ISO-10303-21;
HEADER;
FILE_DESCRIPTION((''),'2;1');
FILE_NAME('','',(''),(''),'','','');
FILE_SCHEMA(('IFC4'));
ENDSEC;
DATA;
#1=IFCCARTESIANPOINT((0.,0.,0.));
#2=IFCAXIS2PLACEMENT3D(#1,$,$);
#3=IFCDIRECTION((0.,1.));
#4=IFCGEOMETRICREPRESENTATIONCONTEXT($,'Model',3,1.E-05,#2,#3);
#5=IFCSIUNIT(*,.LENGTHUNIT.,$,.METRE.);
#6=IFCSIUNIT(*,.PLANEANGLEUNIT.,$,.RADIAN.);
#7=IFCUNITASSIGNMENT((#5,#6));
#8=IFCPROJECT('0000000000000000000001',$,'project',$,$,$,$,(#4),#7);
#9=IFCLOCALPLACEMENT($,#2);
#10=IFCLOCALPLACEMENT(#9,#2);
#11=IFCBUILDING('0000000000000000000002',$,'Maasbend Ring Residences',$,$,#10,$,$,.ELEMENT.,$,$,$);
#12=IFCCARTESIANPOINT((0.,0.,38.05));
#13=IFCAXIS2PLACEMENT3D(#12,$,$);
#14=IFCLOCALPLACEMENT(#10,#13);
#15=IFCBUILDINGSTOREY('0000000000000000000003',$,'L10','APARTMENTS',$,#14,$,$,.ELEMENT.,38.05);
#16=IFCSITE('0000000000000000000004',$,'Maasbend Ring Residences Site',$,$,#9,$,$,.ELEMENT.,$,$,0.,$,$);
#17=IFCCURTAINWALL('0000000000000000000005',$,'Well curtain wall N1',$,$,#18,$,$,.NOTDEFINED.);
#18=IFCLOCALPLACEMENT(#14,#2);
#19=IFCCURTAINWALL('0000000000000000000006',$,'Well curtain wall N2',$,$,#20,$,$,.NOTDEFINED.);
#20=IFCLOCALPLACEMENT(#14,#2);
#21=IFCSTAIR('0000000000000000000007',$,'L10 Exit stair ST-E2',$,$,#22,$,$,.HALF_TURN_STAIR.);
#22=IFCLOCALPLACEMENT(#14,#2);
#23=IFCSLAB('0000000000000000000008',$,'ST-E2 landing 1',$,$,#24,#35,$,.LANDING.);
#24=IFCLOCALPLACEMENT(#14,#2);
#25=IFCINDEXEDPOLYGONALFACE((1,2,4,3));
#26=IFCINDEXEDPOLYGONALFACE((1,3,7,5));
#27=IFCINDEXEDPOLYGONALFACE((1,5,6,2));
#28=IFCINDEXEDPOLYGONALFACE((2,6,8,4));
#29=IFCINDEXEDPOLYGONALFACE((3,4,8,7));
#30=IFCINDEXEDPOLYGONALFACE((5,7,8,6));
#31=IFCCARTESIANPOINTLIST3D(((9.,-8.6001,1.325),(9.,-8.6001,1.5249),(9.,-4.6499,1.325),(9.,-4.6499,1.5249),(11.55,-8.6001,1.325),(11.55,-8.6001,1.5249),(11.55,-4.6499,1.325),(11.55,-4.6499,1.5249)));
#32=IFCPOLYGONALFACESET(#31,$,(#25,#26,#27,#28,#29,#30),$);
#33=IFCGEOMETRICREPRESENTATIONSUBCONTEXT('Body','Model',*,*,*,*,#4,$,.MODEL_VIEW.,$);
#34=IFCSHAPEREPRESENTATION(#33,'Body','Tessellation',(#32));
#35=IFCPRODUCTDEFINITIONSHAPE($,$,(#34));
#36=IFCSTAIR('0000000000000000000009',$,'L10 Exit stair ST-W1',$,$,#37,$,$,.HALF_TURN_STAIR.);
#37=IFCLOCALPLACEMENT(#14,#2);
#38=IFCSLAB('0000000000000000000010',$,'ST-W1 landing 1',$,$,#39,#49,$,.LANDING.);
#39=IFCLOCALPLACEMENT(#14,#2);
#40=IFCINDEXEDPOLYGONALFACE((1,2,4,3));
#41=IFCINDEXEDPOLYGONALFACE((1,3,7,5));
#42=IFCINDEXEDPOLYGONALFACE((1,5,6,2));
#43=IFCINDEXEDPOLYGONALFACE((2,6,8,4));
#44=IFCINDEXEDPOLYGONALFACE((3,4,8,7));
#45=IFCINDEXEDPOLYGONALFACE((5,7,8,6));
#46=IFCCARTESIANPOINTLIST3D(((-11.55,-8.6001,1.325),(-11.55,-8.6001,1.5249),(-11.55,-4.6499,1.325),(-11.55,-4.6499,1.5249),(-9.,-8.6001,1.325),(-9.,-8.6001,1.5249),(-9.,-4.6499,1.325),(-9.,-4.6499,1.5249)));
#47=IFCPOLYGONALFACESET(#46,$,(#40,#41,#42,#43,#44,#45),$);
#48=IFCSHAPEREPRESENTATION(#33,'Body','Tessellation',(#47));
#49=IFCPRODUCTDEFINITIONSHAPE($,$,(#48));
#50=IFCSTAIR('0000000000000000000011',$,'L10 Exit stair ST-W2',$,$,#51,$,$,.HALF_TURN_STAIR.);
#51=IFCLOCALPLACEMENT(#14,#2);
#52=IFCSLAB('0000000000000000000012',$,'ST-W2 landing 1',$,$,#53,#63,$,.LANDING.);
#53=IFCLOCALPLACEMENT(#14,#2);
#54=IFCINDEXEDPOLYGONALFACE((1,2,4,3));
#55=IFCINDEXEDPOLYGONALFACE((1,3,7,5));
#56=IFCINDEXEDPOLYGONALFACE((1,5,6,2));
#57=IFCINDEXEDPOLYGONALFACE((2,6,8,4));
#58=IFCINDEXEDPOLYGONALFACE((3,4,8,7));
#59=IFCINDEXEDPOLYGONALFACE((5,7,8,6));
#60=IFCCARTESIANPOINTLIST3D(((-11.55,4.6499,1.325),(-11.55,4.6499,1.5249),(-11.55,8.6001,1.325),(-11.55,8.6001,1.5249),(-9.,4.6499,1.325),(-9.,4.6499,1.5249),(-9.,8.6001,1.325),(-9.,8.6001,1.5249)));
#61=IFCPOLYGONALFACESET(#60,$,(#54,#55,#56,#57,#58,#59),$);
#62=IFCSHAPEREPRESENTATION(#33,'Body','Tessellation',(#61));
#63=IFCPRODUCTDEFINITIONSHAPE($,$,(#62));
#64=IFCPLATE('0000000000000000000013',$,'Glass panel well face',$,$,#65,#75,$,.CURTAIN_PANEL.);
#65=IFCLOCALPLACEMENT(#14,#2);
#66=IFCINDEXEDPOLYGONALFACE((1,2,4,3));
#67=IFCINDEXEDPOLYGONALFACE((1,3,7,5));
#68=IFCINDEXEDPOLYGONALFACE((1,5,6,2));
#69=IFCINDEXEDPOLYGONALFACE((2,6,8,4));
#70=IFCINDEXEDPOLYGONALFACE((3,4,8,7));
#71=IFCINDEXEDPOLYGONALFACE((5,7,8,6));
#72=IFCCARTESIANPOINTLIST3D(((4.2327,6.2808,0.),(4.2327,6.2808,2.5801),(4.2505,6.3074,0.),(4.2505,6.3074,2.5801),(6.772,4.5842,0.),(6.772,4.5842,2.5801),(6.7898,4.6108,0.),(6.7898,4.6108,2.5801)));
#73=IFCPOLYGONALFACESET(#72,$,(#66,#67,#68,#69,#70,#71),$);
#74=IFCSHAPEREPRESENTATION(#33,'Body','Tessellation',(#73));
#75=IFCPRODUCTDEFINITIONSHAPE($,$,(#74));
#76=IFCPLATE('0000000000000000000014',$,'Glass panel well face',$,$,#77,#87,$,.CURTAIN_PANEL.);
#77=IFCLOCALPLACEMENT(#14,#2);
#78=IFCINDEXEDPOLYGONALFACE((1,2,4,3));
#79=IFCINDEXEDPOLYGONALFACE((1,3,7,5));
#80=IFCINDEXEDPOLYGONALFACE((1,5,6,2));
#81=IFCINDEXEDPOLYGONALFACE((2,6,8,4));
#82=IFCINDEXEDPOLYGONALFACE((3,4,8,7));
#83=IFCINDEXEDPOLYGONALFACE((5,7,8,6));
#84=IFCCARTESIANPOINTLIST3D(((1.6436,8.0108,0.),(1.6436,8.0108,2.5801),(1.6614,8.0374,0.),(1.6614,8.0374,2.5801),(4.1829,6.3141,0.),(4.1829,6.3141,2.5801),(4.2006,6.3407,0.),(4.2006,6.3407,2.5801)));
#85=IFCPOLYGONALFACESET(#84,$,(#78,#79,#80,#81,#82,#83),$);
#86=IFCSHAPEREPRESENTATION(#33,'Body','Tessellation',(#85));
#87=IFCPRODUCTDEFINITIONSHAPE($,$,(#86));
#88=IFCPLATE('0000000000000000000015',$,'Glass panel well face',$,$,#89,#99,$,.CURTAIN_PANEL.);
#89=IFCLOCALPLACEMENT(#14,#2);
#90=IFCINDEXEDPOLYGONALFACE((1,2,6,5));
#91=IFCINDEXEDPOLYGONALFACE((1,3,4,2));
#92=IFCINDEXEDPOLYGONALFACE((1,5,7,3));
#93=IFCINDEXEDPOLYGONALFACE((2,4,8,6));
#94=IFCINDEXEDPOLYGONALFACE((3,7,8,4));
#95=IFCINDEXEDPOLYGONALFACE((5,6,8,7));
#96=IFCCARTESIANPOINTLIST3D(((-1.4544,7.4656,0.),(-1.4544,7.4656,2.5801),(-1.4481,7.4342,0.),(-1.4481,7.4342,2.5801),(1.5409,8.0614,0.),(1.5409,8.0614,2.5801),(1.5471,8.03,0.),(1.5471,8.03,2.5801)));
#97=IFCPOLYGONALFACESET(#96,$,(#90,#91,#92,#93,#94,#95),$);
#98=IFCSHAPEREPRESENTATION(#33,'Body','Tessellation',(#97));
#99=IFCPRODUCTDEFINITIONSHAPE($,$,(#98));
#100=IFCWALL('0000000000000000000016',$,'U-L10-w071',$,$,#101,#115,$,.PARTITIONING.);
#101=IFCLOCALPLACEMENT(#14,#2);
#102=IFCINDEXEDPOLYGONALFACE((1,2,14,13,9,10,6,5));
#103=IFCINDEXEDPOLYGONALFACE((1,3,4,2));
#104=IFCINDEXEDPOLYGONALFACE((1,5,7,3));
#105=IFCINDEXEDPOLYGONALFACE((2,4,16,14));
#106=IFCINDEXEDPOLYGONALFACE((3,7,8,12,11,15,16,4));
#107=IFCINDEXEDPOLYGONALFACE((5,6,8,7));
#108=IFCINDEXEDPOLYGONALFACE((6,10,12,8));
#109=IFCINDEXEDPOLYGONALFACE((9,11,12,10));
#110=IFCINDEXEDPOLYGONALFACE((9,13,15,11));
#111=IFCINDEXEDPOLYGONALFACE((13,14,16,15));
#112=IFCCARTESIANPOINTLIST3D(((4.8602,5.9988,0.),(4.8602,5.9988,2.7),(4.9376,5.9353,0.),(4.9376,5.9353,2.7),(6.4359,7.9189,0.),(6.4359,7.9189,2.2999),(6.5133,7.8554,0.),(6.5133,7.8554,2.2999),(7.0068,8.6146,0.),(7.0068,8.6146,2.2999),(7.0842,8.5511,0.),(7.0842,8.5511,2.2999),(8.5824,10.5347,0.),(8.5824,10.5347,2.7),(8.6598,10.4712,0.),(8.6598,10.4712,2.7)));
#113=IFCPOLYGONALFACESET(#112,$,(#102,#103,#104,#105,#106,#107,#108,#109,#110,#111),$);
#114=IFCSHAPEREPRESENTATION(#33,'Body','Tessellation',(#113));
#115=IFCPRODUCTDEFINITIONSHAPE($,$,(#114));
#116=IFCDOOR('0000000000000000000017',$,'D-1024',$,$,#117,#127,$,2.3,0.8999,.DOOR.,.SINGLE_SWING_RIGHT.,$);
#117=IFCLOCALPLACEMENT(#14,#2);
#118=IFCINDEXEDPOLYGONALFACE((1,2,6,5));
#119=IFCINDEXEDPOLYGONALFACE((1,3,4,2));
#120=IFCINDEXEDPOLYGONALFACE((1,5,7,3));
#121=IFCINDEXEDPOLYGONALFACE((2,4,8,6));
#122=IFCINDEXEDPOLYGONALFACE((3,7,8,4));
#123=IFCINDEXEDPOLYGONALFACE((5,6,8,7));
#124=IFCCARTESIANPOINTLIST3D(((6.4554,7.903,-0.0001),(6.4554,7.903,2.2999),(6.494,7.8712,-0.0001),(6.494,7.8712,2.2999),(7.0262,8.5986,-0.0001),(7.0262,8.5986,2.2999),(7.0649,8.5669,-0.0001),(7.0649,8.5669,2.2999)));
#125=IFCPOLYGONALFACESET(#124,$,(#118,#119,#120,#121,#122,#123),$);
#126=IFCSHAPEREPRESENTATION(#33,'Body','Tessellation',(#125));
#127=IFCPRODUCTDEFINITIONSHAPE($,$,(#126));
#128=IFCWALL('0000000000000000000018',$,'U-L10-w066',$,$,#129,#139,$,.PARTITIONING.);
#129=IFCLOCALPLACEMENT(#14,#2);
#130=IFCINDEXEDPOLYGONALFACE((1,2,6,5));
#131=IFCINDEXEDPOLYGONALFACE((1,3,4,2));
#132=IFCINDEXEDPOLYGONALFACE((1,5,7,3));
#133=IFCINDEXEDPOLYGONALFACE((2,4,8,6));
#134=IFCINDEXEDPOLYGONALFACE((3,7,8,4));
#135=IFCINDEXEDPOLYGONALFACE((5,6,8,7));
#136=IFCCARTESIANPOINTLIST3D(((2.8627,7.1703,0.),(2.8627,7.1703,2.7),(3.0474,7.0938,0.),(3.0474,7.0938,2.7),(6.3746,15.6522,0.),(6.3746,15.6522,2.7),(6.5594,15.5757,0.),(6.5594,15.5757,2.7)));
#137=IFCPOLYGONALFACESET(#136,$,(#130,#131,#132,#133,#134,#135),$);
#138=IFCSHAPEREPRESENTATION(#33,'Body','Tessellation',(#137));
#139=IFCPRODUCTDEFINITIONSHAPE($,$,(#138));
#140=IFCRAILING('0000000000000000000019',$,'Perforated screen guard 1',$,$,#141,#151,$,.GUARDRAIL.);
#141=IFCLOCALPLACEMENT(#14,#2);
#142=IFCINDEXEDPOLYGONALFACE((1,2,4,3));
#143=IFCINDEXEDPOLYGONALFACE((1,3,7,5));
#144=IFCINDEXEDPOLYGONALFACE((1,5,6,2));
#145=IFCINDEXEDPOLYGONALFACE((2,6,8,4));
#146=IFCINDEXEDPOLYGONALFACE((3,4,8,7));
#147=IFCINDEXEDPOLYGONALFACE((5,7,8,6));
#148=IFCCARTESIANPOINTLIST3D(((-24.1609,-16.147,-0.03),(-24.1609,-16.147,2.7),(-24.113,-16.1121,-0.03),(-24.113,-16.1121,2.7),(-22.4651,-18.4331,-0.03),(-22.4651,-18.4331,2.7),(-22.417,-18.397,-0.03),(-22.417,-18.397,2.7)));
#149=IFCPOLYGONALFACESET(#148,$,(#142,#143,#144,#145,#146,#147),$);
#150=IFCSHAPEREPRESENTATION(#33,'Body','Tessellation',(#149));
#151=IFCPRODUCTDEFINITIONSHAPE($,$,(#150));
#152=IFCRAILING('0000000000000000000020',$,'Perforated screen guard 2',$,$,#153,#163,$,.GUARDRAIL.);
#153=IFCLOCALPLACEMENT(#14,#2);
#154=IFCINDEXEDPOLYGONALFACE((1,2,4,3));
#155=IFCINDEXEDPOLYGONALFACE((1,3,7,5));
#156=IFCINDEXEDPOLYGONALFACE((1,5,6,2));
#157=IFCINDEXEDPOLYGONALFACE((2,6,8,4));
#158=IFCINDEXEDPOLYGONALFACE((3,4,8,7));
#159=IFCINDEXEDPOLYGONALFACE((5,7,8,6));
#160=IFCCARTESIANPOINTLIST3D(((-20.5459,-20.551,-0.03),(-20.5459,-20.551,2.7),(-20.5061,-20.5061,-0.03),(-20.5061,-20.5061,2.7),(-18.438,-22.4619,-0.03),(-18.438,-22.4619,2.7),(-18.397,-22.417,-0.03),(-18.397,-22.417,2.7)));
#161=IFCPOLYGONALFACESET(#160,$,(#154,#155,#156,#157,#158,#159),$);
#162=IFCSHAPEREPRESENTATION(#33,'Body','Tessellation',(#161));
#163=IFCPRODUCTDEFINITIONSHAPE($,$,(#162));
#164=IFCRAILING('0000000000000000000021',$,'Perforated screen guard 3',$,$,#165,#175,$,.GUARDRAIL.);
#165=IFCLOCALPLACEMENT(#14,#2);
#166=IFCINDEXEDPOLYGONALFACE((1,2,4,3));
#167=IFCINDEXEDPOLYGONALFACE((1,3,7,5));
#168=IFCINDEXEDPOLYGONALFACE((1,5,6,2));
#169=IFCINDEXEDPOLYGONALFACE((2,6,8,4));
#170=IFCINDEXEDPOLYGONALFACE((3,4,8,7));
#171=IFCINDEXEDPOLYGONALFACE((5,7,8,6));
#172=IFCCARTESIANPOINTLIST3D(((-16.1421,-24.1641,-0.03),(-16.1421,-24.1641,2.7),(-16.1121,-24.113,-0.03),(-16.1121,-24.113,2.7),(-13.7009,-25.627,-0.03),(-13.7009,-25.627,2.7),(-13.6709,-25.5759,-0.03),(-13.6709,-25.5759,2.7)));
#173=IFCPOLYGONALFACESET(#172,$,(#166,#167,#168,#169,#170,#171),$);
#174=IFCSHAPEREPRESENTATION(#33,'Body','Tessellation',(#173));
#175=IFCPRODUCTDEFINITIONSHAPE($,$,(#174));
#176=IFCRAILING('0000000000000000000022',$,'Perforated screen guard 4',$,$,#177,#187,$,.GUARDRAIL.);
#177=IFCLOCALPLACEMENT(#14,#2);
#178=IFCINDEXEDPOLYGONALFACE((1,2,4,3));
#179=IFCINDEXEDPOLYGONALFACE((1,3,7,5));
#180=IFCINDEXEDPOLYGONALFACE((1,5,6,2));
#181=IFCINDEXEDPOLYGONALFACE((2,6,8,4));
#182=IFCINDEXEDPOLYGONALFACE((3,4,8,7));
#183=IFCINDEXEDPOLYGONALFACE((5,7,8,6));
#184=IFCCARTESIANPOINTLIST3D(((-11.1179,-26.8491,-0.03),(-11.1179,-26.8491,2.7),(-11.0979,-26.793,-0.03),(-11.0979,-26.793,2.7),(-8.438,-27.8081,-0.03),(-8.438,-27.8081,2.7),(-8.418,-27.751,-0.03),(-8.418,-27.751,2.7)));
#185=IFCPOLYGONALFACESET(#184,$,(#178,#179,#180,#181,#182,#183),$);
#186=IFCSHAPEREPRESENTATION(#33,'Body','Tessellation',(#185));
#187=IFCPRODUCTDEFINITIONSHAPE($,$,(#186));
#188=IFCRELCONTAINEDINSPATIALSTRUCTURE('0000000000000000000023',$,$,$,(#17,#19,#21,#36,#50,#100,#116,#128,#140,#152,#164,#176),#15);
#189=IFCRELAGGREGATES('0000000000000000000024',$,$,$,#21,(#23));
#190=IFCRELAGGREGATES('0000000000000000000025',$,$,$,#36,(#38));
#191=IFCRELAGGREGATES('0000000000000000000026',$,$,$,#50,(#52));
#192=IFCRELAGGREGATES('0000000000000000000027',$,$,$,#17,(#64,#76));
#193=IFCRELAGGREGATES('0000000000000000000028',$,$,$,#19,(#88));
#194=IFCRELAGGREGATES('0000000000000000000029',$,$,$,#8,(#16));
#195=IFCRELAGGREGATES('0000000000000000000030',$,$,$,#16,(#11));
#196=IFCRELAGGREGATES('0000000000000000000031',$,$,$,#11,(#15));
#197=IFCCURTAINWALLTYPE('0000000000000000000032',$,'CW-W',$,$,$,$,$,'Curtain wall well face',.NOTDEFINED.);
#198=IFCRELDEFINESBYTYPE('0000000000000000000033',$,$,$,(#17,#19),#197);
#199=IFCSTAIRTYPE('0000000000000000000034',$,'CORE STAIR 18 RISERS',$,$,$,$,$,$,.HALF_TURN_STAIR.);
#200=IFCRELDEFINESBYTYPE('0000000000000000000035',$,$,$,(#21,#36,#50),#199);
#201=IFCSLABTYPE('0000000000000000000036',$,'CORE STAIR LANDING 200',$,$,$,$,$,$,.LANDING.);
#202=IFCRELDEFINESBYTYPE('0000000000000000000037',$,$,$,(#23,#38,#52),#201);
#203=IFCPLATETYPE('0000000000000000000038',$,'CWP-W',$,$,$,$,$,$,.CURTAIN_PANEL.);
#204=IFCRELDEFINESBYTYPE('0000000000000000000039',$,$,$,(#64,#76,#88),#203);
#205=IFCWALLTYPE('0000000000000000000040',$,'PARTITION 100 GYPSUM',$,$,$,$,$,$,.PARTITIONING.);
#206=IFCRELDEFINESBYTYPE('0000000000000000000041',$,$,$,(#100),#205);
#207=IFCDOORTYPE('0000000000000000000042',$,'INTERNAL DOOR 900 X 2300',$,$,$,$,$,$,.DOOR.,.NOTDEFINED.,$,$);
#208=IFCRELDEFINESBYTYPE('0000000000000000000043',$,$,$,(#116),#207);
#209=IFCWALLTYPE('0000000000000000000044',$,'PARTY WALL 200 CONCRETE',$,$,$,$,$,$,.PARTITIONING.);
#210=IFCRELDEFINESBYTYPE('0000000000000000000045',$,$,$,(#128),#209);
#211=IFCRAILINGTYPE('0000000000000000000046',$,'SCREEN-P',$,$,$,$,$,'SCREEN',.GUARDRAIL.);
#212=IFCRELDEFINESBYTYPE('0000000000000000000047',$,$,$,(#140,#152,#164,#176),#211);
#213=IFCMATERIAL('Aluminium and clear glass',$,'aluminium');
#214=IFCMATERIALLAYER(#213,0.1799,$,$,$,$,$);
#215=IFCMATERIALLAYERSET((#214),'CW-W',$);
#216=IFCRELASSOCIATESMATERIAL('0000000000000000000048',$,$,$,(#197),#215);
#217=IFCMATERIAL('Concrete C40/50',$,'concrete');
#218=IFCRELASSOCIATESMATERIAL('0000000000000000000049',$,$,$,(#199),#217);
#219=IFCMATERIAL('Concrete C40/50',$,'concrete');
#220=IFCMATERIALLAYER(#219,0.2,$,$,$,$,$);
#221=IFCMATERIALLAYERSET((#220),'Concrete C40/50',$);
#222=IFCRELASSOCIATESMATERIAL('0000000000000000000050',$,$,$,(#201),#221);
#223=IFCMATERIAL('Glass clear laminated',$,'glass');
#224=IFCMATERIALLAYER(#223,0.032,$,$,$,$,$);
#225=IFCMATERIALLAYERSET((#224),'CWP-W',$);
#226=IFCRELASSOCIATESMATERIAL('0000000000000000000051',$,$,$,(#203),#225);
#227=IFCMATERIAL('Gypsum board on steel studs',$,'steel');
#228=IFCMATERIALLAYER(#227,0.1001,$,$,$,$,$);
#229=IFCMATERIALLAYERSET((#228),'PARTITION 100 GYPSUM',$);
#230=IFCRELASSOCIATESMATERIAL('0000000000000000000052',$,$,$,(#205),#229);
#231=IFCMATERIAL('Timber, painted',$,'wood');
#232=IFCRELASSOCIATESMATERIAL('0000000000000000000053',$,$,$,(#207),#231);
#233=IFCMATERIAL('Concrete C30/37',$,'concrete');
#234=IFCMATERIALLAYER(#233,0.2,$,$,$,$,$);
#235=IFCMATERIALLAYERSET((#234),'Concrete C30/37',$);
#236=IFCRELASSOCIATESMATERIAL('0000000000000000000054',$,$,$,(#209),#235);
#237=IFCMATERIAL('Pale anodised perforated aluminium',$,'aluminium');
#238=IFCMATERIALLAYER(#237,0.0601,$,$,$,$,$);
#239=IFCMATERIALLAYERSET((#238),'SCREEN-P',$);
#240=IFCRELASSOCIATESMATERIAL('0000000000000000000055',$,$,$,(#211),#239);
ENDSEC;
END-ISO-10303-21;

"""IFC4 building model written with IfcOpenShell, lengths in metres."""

from ifc_helpers import new_model, si_unit, direction, frame, frame_2d, origin, origin_2d, place, context, subcontext, project, spatial, polyline, rectangle, outline, extrude, material, layer, layer_set, type_object, element, fill, aggregate, save


model = new_model("IFC4")

# Units and contexts
model_context = context("Model", 3, precision=1e-05, world=origin(), true_north=direction((0.0, 1.0)))
body_context = subcontext(model_context, "Body", "Model", "MODEL_VIEW")
ifc_project = project(units=[si_unit("LENGTHUNIT", "METRE"), si_unit("PLANEANGLEUNIT", "RADIAN")], contexts=[model_context])

# Site, building, storey
site_placement = place(None, origin())
site = spatial("IfcSite", under=ifc_project, at=site_placement, Name="Maasbend Ring Residences Site", CompositionType="ELEMENT", RefElevation=0.0)
building_placement = place(site_placement, origin())
building = spatial("IfcBuilding", under=site, at=building_placement, Name="Maasbend Ring Residences", CompositionType="ELEMENT")
storey_placement = place(building_placement, frame((0.0, 0.0, 38.05)))
storey = spatial("IfcBuildingStorey", under=building, at=storey_placement, Name="L10", Description="APARTMENTS", CompositionType="ELEMENT", Elevation=38.05)

# Curtain wall
ifc_material_1 = material(Name="Aluminium and clear glass", Category="aluminium")
ifc_layer_1 = layer(ifc_material_1, 0.1799)
ifc_layer_set_1 = layer_set([ifc_layer_1], Name="CW-W")
curtain_wall_type = type_object("IfcCurtainWallType", Name="CW-W", ElementType="Curtain wall well face", PredefinedType="NOTDEFINED", material=ifc_layer_set_1)
curtain_wall_1_placement = place(storey_placement, origin())
curtain_wall_1 = element("IfcCurtainWall", 1, at=curtain_wall_1_placement, inside=storey, type_object=curtain_wall_type, Name="Well curtain wall N1", PredefinedType="NOTDEFINED")

# Curtain wall
curtain_wall_2_placement = place(storey_placement, origin())
curtain_wall_2 = element("IfcCurtainWall", 2, at=curtain_wall_2_placement, inside=storey, type_object=curtain_wall_type, Name="Well curtain wall N2", PredefinedType="NOTDEFINED")

# Stairs, slabs
ifc_material_2 = material(Name="Concrete C40/50", Category="concrete")
stair_type = type_object("IfcStairType", Name="CORE STAIR 18 RISERS", PredefinedType="HALF_TURN_STAIR", material=ifc_material_2)
ifc_material_3 = material(Name="Concrete C40/50", Category="concrete")
ifc_layer_2 = layer(ifc_material_3, 0.2)
ifc_layer_set_2 = layer_set([ifc_layer_2], Name="Concrete C40/50")
slab_type = type_object("IfcSlabType", Name="CORE STAIR LANDING 200", PredefinedType="LANDING", material=ifc_layer_set_2)
stair_1_placement = place(storey_placement, origin())
stair_1 = element("IfcStair", 3, at=stair_1_placement, inside=storey, type_object=stair_type, Name="L10 Exit stair ST-E2", PredefinedType="HALF_TURN_STAIR")
slab_1_placement = place(storey_placement, frame((0.0, 0.0, 1.325)))
slab_1 = element("IfcSlab", 4, at=slab_1_placement, type_object=slab_type, Name="ST-E2 landing 1", PredefinedType="LANDING", context=body_context, shape_type="SweptSolid", body=[
    extrude(outline(polyline([(11.55, -4.6499), (9.0, -4.6499), (9.0, -8.6001), (11.55, -8.6001), (11.55, -4.6499)])), origin(), (0.0, 0.0, 1.0), 0.2),
])
aggregate(stair_1, [slab_1])
stair_2_placement = place(storey_placement, origin())
stair_2 = element("IfcStair", 5, at=stair_2_placement, inside=storey, type_object=stair_type, Name="L10 Exit stair ST-W1", PredefinedType="HALF_TURN_STAIR")
slab_2_placement = place(storey_placement, frame((0.0, 0.0, 1.325)))
slab_2 = element("IfcSlab", 6, at=slab_2_placement, type_object=slab_type, Name="ST-W1 landing 1", PredefinedType="LANDING", context=body_context, shape_type="SweptSolid", body=[
    extrude(outline(polyline([(-11.55, -8.6001), (-9.0, -8.6001), (-9.0, -4.6499), (-11.55, -4.6499), (-11.55, -8.6001)])), origin(), (0.0, 0.0, 1.0), 0.2),
])
aggregate(stair_2, [slab_2])
stair_3_placement = place(storey_placement, origin())
stair_3 = element("IfcStair", 7, at=stair_3_placement, inside=storey, type_object=stair_type, Name="L10 Exit stair ST-W2", PredefinedType="HALF_TURN_STAIR")
slab_3_placement = place(storey_placement, frame((0.0, 0.0, 1.325)))
slab_3 = element("IfcSlab", 8, at=slab_3_placement, type_object=slab_type, Name="ST-W2 landing 1", PredefinedType="LANDING", context=body_context, shape_type="SweptSolid", body=[
    extrude(outline(polyline([(-11.55, 4.6499), (-9.0, 4.6499), (-9.0, 8.6001), (-11.55, 8.6001), (-11.55, 4.6499)])), origin(), (0.0, 0.0, 1.0), 0.2),
])
aggregate(stair_3, [slab_3])

# Plates
ifc_material_4 = material(Name="Glass clear laminated", Category="glass")
ifc_layer_3 = layer(ifc_material_4, 0.032)
ifc_layer_set_3 = layer_set([ifc_layer_3], Name="CWP-W")
plate_type = type_object("IfcPlateType", Name="CWP-W", PredefinedType="CURTAIN_PANEL", material=ifc_layer_set_3)
plate_1_placement = place(storey_placement, frame((5.5112, 5.4458, 0.0), z_axis=(0.0, 0.0, 1.0), x_axis=(-0.83147, 0.55557, 0.0)))
plate_1 = element("IfcPlate", 9, at=plate_1_placement, type_object=plate_type, Name="Glass panel well face", PredefinedType="CURTAIN_PANEL", context=body_context, shape_type="SweptSolid", body=[
    extrude(rectangle(XDim=3.054, YDim=0.032, at=origin_2d()), origin(), (0.0, 0.0, 1.0), 2.5801),
])
plate_2_placement = place(storey_placement, frame((2.9221, 7.1758, 0.0), z_axis=(0.0, 0.0, 1.0), x_axis=(-0.83147, 0.55557, 0.0)))
plate_2 = element("IfcPlate", 10, at=plate_2_placement, type_object=plate_type, Name="Glass panel well face", PredefinedType="CURTAIN_PANEL", context=body_context, shape_type="SweptSolid", body=[
    extrude(rectangle(XDim=3.054, YDim=0.032, at=origin_2d()), origin(), (0.0, 0.0, 1.0), 2.5801),
])
aggregate(curtain_wall_1, [plate_1, plate_2])
plate_3_placement = place(storey_placement, frame((0.0464, 7.7478, 0.0), z_axis=(0.0, 0.0, 1.0), x_axis=(-0.980785, -0.19509, 0.0)))
plate_3 = element("IfcPlate", 11, at=plate_3_placement, type_object=plate_type, Name="Glass panel well face", PredefinedType="CURTAIN_PANEL", context=body_context, shape_type="SweptSolid", body=[
    extrude(rectangle(XDim=3.054, YDim=0.032, at=origin_2d()), origin(), (0.0, 0.0, 1.0), 2.5801),
])
aggregate(curtain_wall_2, [plate_3])

# Wall, opening, door
ifc_material_5 = material(Name="Gypsum board on steel studs", Category="steel")
ifc_layer_4 = layer(ifc_material_5, 0.1001)
ifc_layer_set_4 = layer_set([ifc_layer_4], Name="PARTITION 100 GYPSUM")
wall_type_1 = type_object("IfcWallType", Name="PARTITION 100 GYPSUM", PredefinedType="PARTITIONING", material=ifc_layer_set_4)
wall_1_placement = place(storey_placement, frame((4.8989, 5.967, 0.0), z_axis=(0.0, 0.0, 1.0), x_axis=(0.634359, 0.773039, 0.0)))
wall_1 = element("IfcWall", 12, at=wall_1_placement, inside=storey, type_object=wall_type_1, Name="U-L10-w071", PredefinedType="PARTITIONING", context=body_context, shape_type="SweptSolid", body=[
    extrude(rectangle(XDim=5.8677, YDim=0.1001, at=frame_2d((2.9338, 0.0))), origin(), (0.0, 0.0, 1.0), 2.7),
])
opening_placement = place(wall_1_placement, frame((2.4839, 0.0, 0.0)))
opening = element("IfcOpeningElement", 13, at=opening_placement, cuts=wall_1, PredefinedType="OPENING", context=body_context, shape_type="SweptSolid", body=[
    extrude(rectangle(XDim=0.8999, YDim=2.3, at=frame_2d((0.45, 1.1499))), frame((0.0, 0.0601, 0.0), z_axis=(0.0, -1.0, 0.0), x_axis=(1.0, 0.0, 0.0)), (0.0, 0.0, 1.0), 0.1201),
])
ifc_material_6 = material(Name="Timber, painted", Category="wood")
door_type = type_object("IfcDoorType", Name="INTERNAL DOOR 900 X 2300", OperationType="NOTDEFINED", PredefinedType="DOOR", material=ifc_material_6)
door_placement = place(opening_placement, origin())
door = element("IfcDoor", 14, at=door_placement, inside=storey, type_object=door_type, Name="D-1024", OperationType="SINGLE_SWING_RIGHT", OverallHeight=2.3, OverallWidth=0.8999, PredefinedType="DOOR", context=body_context, shape_type="SweptSolid", body=[
    extrude(rectangle(XDim=0.8999, YDim=2.3, at=frame_2d((0.45, 1.1499))), frame((0.0, 0.0249, 0.0), z_axis=(0.0, -1.0, 0.0), x_axis=(1.0, 0.0, 0.0)), (0.0, 0.0, 1.0), 0.05),
])
fill(opening, door)

# Wall
ifc_material_7 = material(Name="Concrete C30/37", Category="concrete")
ifc_layer_5 = layer(ifc_material_7, 0.2)
ifc_layer_set_5 = layer_set([ifc_layer_5], Name="Concrete C30/37")
wall_type_2 = type_object("IfcWallType", Name="PARTY WALL 200 CONCRETE", PredefinedType="PARTITIONING", material=ifc_layer_set_5)
wall_2_placement = place(storey_placement, frame((2.9551, 7.1321, 0.0), z_axis=(0.0, 0.0, 1.0), x_axis=(0.382556, 0.923932, 0.0)))
element("IfcWall", 15, at=wall_2_placement, inside=storey, type_object=wall_type_2, Name="U-L10-w066", PredefinedType="PARTITIONING", context=body_context, shape_type="SweptSolid", body=[
    extrude(rectangle(XDim=9.1802, YDim=0.2, at=frame_2d((4.5901, 0.0))), origin(), (0.0, 0.0, 1.0), 2.7),
])

# Railings
ifc_material_8 = material(Name="Pale anodised perforated aluminium", Category="aluminium")
ifc_layer_6 = layer(ifc_material_8, 0.0601)
ifc_layer_set_6 = layer_set([ifc_layer_6], Name="SCREEN-P")
railing_type = type_object("IfcRailingType", Name="SCREEN-P", ElementType="SCREEN", PredefinedType="GUARDRAIL", material=ifc_layer_set_6)
railing_1_placement = place(storey_placement, frame((0.0, 0.0, -0.03)))
element("IfcRailing", 16, at=railing_1_placement, inside=storey, type_object=railing_type, Name="Perforated screen guard 1", PredefinedType="GUARDRAIL", context=body_context, shape_type="SweptSolid", body=[
    extrude(outline(polyline([(-24.113, -16.1121), (-22.417, -18.397), (-22.4651, -18.4331), (-24.1609, -16.147), (-24.113, -16.1121)])), origin(), (0.0, 0.0, 1.0), 2.73),
])
railing_2_placement = place(storey_placement, frame((0.0, 0.0, -0.03)))
element("IfcRailing", 17, at=railing_2_placement, inside=storey, type_object=railing_type, Name="Perforated screen guard 2", PredefinedType="GUARDRAIL", context=body_context, shape_type="SweptSolid", body=[
    extrude(outline(polyline([(-20.5061, -20.5061), (-18.397, -22.417), (-18.438, -22.4619), (-20.5459, -20.551), (-20.5061, -20.5061)])), origin(), (0.0, 0.0, 1.0), 2.73),
])
railing_3_placement = place(storey_placement, frame((0.0, 0.0, -0.03)))
element("IfcRailing", 18, at=railing_3_placement, inside=storey, type_object=railing_type, Name="Perforated screen guard 3", PredefinedType="GUARDRAIL", context=body_context, shape_type="SweptSolid", body=[
    extrude(outline(polyline([(-16.1121, -24.113), (-13.6709, -25.5759), (-13.7009, -25.627), (-16.1421, -24.1641), (-16.1121, -24.113)])), origin(), (0.0, 0.0, 1.0), 2.73),
])
railing_4_placement = place(storey_placement, frame((0.0, 0.0, -0.03)))
element("IfcRailing", 19, at=railing_4_placement, inside=storey, type_object=railing_type, Name="Perforated screen guard 4", PredefinedType="GUARDRAIL", context=body_context, shape_type="SweptSolid", body=[
    extrude(outline(polyline([(-11.0979, -26.793), (-8.418, -27.751), (-8.438, -27.8081), (-11.1179, -26.8491), (-11.0979, -26.793)])), origin(), (0.0, 0.0, 1.0), 2.73),
])

save(model, "model.ifc")
